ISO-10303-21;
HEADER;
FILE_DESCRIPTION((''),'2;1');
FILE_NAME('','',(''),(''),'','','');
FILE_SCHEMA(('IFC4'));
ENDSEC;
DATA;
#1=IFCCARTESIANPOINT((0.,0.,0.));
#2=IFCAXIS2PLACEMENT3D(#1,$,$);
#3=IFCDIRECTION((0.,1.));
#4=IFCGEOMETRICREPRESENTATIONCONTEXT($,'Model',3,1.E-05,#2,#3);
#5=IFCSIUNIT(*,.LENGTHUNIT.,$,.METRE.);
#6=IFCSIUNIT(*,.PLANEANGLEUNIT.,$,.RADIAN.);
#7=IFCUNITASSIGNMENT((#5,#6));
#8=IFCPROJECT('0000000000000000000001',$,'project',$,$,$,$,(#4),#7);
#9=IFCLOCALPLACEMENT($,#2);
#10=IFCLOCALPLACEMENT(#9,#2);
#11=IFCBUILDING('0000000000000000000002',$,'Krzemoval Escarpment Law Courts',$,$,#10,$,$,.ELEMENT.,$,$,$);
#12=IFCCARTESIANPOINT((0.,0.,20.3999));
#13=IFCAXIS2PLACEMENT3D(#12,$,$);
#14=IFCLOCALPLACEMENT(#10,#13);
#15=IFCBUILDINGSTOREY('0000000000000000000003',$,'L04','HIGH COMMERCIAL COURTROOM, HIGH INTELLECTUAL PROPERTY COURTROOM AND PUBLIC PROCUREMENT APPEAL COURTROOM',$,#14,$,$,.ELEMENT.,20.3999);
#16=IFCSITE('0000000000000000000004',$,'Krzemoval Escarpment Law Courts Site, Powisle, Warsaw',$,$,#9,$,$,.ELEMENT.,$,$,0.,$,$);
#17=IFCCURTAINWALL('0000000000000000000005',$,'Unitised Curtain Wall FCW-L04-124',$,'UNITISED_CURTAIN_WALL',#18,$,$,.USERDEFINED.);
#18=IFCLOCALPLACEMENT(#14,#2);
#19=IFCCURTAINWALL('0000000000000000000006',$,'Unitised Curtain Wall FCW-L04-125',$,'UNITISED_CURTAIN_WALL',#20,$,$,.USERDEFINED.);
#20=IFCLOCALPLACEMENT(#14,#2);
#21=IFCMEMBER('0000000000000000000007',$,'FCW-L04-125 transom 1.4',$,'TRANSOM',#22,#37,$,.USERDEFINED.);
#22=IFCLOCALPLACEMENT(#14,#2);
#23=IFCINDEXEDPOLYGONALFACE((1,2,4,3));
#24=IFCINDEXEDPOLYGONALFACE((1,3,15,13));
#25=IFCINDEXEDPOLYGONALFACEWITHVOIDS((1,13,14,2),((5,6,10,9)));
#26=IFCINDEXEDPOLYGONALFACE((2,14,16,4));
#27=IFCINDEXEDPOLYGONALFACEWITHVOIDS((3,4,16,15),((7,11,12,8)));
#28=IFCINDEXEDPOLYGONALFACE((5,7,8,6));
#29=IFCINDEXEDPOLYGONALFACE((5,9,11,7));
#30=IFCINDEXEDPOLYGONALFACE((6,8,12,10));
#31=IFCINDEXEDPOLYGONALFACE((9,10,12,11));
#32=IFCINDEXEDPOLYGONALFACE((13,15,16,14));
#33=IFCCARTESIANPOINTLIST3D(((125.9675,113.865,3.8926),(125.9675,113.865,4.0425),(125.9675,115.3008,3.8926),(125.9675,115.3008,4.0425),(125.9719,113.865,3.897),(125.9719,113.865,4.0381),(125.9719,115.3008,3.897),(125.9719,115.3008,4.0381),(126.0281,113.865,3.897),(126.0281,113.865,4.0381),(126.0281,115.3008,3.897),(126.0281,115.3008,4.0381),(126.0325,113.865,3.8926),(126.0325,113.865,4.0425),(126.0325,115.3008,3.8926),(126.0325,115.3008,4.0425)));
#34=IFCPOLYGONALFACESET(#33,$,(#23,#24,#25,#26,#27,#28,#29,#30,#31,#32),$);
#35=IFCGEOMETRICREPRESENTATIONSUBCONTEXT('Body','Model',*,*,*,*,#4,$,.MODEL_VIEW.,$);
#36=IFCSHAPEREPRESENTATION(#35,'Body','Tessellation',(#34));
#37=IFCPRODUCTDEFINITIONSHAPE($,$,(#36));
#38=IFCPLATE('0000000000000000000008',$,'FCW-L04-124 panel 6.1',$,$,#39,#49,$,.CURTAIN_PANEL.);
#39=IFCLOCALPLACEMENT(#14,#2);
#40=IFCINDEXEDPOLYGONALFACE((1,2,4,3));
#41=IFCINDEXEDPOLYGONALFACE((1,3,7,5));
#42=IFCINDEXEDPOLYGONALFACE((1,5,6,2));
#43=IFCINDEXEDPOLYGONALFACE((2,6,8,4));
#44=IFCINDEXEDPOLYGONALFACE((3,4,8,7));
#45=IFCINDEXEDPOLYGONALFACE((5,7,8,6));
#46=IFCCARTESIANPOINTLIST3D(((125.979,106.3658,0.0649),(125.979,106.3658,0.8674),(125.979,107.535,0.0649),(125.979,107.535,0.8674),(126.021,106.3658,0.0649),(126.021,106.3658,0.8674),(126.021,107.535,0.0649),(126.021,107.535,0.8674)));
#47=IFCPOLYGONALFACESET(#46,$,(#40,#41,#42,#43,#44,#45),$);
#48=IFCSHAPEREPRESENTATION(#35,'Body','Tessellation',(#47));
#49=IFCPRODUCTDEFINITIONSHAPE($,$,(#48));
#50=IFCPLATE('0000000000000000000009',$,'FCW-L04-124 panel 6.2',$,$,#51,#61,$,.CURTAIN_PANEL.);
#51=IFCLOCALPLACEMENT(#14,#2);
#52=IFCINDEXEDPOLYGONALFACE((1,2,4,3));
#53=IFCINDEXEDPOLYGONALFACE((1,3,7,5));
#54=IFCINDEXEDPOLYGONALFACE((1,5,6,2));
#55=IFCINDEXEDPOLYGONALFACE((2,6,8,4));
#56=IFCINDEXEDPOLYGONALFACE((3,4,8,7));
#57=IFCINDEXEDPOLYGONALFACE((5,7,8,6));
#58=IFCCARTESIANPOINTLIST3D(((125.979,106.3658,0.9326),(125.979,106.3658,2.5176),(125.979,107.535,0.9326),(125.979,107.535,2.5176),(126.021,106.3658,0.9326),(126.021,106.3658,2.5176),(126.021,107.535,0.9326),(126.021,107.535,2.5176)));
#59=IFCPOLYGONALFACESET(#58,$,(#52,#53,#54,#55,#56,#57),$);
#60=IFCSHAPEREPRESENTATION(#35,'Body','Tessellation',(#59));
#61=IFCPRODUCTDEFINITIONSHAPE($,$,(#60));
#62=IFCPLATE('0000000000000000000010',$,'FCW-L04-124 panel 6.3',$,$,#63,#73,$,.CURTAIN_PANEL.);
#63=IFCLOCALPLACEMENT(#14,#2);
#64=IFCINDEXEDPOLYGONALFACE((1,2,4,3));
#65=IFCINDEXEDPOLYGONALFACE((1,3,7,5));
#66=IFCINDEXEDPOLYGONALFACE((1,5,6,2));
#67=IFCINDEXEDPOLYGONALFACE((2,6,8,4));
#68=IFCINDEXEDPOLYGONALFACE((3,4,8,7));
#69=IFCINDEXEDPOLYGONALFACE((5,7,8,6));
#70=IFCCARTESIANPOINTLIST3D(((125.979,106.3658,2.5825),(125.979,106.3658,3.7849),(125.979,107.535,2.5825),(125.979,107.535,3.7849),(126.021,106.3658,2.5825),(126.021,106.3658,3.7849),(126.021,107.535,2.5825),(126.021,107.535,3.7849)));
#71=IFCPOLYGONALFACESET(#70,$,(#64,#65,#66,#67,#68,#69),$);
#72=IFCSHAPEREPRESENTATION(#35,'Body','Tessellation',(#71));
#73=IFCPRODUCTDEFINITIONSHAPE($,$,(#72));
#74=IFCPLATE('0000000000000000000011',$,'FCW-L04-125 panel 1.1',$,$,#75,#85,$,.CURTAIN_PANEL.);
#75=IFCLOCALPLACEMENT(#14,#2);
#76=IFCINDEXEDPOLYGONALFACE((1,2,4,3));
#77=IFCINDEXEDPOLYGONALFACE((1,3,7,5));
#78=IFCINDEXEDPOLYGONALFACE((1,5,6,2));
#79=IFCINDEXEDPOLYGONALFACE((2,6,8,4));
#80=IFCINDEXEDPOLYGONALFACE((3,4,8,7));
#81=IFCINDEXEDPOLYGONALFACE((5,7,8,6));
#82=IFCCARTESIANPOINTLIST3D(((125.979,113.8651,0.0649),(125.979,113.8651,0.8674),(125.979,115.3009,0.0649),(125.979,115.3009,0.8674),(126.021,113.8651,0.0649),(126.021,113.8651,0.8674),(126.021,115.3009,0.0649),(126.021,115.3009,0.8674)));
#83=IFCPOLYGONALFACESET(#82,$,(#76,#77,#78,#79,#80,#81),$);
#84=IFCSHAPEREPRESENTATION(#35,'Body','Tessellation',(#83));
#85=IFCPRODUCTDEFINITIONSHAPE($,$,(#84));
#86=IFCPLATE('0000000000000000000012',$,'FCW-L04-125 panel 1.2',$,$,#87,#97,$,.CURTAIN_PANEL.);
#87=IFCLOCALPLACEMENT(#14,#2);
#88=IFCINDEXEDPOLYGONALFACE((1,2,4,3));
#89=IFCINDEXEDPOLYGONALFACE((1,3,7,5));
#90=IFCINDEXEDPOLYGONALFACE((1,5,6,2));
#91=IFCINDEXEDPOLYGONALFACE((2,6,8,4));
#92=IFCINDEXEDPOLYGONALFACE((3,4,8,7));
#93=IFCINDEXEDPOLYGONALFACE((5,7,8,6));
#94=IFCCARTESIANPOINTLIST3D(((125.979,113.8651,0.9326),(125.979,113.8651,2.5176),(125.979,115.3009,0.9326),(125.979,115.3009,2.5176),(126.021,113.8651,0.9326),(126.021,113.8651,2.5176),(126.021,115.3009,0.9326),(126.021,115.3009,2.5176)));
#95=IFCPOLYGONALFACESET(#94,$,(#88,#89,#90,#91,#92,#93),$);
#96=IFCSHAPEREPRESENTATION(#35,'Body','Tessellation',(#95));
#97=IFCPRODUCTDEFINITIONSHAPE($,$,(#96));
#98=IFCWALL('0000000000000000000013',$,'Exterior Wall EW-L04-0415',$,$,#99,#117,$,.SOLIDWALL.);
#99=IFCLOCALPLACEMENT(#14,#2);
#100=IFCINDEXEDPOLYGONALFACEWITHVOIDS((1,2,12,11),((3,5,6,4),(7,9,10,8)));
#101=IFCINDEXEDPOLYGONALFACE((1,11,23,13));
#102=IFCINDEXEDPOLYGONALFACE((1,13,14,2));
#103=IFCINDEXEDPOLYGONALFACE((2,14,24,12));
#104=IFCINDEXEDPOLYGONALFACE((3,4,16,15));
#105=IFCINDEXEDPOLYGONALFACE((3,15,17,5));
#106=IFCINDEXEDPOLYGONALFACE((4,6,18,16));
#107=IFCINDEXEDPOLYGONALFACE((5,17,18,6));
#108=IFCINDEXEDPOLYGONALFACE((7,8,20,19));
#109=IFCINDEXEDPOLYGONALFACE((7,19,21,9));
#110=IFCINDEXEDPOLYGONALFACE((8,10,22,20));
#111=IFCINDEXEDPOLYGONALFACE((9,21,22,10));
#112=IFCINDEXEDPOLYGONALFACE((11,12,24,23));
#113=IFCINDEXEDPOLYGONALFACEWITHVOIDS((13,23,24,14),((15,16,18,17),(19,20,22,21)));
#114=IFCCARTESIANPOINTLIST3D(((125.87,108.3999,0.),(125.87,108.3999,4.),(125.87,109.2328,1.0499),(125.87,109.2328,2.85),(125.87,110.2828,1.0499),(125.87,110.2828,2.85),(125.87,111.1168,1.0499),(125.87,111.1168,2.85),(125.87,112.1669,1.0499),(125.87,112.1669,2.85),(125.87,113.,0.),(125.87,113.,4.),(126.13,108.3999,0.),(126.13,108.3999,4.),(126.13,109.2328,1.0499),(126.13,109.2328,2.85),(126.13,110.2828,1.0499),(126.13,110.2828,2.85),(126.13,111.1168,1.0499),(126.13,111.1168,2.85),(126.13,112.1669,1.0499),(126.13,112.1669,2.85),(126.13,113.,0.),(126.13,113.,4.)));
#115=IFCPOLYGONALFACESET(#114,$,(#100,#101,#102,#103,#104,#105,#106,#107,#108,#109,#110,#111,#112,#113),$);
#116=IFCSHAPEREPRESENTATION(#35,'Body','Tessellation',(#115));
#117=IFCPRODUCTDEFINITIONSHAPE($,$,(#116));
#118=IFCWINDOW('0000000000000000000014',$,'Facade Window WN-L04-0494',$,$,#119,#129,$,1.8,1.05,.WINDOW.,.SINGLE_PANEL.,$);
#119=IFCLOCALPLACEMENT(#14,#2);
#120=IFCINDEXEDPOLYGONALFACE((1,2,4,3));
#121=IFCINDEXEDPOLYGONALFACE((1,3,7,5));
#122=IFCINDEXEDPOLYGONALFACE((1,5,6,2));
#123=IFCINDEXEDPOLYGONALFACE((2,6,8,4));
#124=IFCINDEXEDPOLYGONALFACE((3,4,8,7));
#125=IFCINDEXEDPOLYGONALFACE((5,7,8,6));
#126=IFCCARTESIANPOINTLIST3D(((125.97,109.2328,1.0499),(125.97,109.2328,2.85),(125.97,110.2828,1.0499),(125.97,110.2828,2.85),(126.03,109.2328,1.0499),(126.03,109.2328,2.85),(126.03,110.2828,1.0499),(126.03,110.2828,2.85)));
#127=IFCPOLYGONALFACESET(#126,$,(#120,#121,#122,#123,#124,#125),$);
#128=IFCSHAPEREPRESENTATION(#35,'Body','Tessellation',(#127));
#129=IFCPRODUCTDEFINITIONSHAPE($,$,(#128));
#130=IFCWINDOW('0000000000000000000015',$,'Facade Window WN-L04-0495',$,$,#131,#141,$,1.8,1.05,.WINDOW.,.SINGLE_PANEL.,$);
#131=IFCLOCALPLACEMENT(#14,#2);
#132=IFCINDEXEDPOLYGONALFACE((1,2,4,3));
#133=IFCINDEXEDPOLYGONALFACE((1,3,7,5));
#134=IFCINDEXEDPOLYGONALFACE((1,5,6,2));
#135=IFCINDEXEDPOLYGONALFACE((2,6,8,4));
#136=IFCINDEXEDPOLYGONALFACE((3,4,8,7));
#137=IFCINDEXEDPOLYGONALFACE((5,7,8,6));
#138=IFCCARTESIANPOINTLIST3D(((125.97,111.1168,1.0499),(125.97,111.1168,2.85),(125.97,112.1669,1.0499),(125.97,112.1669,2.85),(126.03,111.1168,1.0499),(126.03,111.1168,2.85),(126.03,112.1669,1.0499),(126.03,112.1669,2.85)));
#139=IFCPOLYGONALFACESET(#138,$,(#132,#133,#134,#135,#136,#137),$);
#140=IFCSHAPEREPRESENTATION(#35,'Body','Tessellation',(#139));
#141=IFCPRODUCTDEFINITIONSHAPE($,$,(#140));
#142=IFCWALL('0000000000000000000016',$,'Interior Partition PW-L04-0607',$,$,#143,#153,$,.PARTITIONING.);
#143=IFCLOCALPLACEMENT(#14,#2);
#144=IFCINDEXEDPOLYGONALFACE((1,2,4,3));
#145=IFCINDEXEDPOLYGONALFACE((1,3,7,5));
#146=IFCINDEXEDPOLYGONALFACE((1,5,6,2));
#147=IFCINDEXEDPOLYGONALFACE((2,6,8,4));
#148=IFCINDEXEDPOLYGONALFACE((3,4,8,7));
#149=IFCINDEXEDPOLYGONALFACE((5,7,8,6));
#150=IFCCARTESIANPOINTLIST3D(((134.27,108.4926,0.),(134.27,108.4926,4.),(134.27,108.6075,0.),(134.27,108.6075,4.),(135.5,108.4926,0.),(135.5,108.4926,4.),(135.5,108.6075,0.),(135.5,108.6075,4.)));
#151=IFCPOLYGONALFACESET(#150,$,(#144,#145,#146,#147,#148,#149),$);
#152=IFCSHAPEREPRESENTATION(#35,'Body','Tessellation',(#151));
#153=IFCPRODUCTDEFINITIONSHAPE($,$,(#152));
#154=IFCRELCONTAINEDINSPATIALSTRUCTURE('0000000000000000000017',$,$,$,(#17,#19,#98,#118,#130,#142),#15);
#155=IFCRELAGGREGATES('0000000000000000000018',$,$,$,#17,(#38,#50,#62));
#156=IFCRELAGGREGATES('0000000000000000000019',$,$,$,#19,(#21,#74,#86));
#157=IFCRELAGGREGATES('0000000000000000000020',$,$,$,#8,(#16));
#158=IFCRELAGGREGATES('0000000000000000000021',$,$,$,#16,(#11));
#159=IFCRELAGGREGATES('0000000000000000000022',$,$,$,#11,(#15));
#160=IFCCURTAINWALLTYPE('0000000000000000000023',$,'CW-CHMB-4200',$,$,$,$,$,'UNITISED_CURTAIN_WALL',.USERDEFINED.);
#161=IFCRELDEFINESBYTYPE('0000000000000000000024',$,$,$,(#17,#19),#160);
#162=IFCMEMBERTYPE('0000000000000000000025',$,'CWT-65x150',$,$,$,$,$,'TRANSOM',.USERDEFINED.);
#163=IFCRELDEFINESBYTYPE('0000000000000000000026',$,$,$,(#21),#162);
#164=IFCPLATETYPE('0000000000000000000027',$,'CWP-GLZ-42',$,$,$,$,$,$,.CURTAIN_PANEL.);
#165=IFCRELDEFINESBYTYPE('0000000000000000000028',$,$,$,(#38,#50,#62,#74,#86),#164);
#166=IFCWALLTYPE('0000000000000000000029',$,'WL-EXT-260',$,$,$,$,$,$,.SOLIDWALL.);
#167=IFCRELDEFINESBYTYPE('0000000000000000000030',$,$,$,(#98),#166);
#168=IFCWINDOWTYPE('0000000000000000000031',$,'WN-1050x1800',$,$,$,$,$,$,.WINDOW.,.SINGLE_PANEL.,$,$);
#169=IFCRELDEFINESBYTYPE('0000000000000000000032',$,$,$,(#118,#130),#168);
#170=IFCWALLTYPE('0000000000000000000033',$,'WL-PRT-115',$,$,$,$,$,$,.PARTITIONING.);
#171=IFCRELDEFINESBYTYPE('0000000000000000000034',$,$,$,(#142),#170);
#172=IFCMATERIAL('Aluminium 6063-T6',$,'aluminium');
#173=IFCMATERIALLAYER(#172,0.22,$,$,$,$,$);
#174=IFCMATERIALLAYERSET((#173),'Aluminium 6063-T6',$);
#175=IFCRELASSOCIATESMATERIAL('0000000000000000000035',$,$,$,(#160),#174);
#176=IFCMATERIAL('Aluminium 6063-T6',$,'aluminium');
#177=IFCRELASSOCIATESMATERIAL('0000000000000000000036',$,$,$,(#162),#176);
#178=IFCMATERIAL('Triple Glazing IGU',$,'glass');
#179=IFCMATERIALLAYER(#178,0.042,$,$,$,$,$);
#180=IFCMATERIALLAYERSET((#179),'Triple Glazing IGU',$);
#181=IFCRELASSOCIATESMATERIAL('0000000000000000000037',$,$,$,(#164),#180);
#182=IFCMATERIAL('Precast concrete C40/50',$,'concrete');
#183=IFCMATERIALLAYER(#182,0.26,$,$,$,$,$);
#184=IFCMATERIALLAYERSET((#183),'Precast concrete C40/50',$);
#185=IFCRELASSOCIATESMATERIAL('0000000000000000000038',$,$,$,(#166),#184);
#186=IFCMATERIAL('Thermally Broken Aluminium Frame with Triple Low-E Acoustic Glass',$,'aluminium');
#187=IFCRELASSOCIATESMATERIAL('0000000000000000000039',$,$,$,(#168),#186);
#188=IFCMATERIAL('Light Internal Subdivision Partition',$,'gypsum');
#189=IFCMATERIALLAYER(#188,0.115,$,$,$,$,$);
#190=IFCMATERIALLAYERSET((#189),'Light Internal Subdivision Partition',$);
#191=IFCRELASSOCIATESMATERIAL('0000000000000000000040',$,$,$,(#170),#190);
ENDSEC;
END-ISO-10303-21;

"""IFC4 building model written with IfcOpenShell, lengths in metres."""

from ifc_helpers import new_model, si_unit, direction, frame, frame_2d, origin, origin_2d, place, context, subcontext, project, spatial, rectangle, hollow_rectangle, extrude, material, layer, layer_set, material_profile, profile_set, type_object, element, fill, aggregate, save


model = new_model("IFC4")

# Units and contexts
model_context = context("Model", 3, precision=1e-05, world=origin(), true_north=direction((0.0, 1.0)))
body_context = subcontext(model_context, "Body", "Model", "MODEL_VIEW")
ifc_project = project(units=[si_unit("LENGTHUNIT", "METRE"), si_unit("PLANEANGLEUNIT", "RADIAN")], contexts=[model_context])

# Site, building, storey
site_placement = place(None, origin())
site = spatial("IfcSite", under=ifc_project, at=site_placement, Name="Krzemoval Escarpment Law Courts Site, Powisle, Warsaw", CompositionType="ELEMENT", RefElevation=0.0)
building_placement = place(site_placement, origin())
building = spatial("IfcBuilding", under=site, at=building_placement, Name="Krzemoval Escarpment Law Courts", CompositionType="ELEMENT")
storey_placement = place(building_placement, frame((0.0, 0.0, 20.3999)))
storey = spatial("IfcBuildingStorey", under=building, at=storey_placement, Name="L04", Description="HIGH COMMERCIAL COURTROOM, HIGH INTELLECTUAL PROPERTY COURTROOM AND PUBLIC PROCUREMENT APPEAL COURTROOM", CompositionType="ELEMENT", Elevation=20.3999)

# Curtain walls
ifc_material_1 = material(Name="Aluminium 6063-T6", Category="aluminium")
ifc_layer_1 = layer(ifc_material_1, 0.22)
ifc_layer_set_1 = layer_set([ifc_layer_1], Name="Aluminium 6063-T6")
curtain_wall_type = type_object("IfcCurtainWallType", Name="CW-CHMB-4200", ElementType="UNITISED_CURTAIN_WALL", PredefinedType="USERDEFINED", material=ifc_layer_set_1)
curtain_wall_1_placement = place(storey_placement, origin())
curtain_wall_1 = element("IfcCurtainWall", 1, at=curtain_wall_1_placement, inside=storey, type_object=curtain_wall_type, Name="Unitised Curtain Wall FCW-L04-124", ObjectType="UNITISED_CURTAIN_WALL", PredefinedType="USERDEFINED")
curtain_wall_2_placement = place(storey_placement, origin())
curtain_wall_2 = element("IfcCurtainWall", 2, at=curtain_wall_2_placement, inside=storey, type_object=curtain_wall_type, Name="Unitised Curtain Wall FCW-L04-125", ObjectType="UNITISED_CURTAIN_WALL", PredefinedType="USERDEFINED")

# Member
ifc_material_2 = material(Name="Aluminium 6063-T6", Category="aluminium")
ifc_material_profile_1 = material_profile(ifc_material_2, hollow_rectangle(XDim=0.0649, YDim=0.1499, WallThickness=0.0044, at=origin_2d()), Name="ALU T65x150")
ifc_profile_set_1 = profile_set([ifc_material_profile_1], Name="Aluminium 6063-T6")
member_type_1 = type_object("IfcMemberType", Name="CWT-65x150", ElementType="TRANSOM", PredefinedType="USERDEFINED", material=ifc_profile_set_1)
member_1_placement = place(storey_placement, frame((126.0, 113.865, 3.9675), z_axis=(0.0, 1.0, 0.0), x_axis=(-1.0, 0.0, 0.0)))
member_1 = element("IfcMember", 3, at=member_1_placement, type_object=member_type_1, Name="FCW-L04-125 transom 1.4", ObjectType="TRANSOM", PredefinedType="USERDEFINED", context=body_context, shape_type="SweptSolid", body=[
    extrude(hollow_rectangle(XDim=0.0649, YDim=0.1499, WallThickness=0.0044, at=origin_2d()), origin(), (0.0, 0.0, 1.0), 1.4358),
])

# Plates
ifc_material_3 = material(Name="Triple Glazing IGU", Category="glass")
ifc_layer_2 = layer(ifc_material_3, 0.042)
ifc_layer_set_2 = layer_set([ifc_layer_2], Name="Triple Glazing IGU")
plate_type = type_object("IfcPlateType", Name="CWP-GLZ-42", PredefinedType="CURTAIN_PANEL", material=ifc_layer_set_2)
plate_1_placement = place(storey_placement, frame((126.0, 106.9504, 0.0649), z_axis=(0.0, 0.0, 1.0), x_axis=(0.0, 1.0, 0.0)))
plate_1 = element("IfcPlate", 4, at=plate_1_placement, type_object=plate_type, Name="FCW-L04-124 panel 6.1", PredefinedType="CURTAIN_PANEL", context=body_context, shape_type="SweptSolid", body=[
    extrude(rectangle(XDim=1.1692, YDim=0.042, at=origin_2d()), origin(), (0.0, 0.0, 1.0), 0.8025),
])
plate_2_placement = place(storey_placement, frame((126.0, 106.9504, 0.9326), z_axis=(0.0, 0.0, 1.0), x_axis=(0.0, 1.0, 0.0)))
plate_2 = element("IfcPlate", 5, at=plate_2_placement, type_object=plate_type, Name="FCW-L04-124 panel 6.2", PredefinedType="CURTAIN_PANEL", context=body_context, shape_type="SweptSolid", body=[
    extrude(rectangle(XDim=1.1692, YDim=0.042, at=origin_2d()), origin(), (0.0, 0.0, 1.0), 1.585),
])
plate_3_placement = place(storey_placement, frame((126.0, 106.9504, 2.5825), z_axis=(0.0, 0.0, 1.0), x_axis=(0.0, 1.0, 0.0)))
plate_3 = element("IfcPlate", 6, at=plate_3_placement, type_object=plate_type, Name="FCW-L04-124 panel 6.3", PredefinedType="CURTAIN_PANEL", context=body_context, shape_type="SweptSolid", body=[
    extrude(rectangle(XDim=1.1692, YDim=0.042, at=origin_2d()), origin(), (0.0, 0.0, 1.0), 1.2024),
])
aggregate(curtain_wall_1, [plate_1, plate_2, plate_3])
plate_4_placement = place(storey_placement, frame((126.0, 114.583, 0.0649), z_axis=(0.0, 0.0, 1.0), x_axis=(0.0, 1.0, 0.0)))
plate_4 = element("IfcPlate", 7, at=plate_4_placement, type_object=plate_type, Name="FCW-L04-125 panel 1.1", PredefinedType="CURTAIN_PANEL", context=body_context, shape_type="SweptSolid", body=[
    extrude(rectangle(XDim=1.4358, YDim=0.042, at=origin_2d()), origin(), (0.0, 0.0, 1.0), 0.8025),
])
plate_5_placement = place(storey_placement, frame((126.0, 114.583, 0.9326), z_axis=(0.0, 0.0, 1.0), x_axis=(0.0, 1.0, 0.0)))
plate_5 = element("IfcPlate", 8, at=plate_5_placement, type_object=plate_type, Name="FCW-L04-125 panel 1.2", PredefinedType="CURTAIN_PANEL", context=body_context, shape_type="SweptSolid", body=[
    extrude(rectangle(XDim=1.4358, YDim=0.042, at=origin_2d()), origin(), (0.0, 0.0, 1.0), 1.585),
])
aggregate(curtain_wall_2, [member_1, plate_4, plate_5])

# Wall, openings, windows
ifc_material_4 = material(Name="Precast concrete C40/50", Category="concrete")
ifc_layer_3 = layer(ifc_material_4, 0.26)
ifc_layer_set_3 = layer_set([ifc_layer_3], Name="Precast concrete C40/50")
wall_type_1 = type_object("IfcWallType", Name="WL-EXT-260", PredefinedType="SOLIDWALL", material=ifc_layer_set_3)
wall_1_placement = place(storey_placement, frame((126.0, 108.3999, 0.0), z_axis=(0.0, 0.0, 1.0), x_axis=(0.0, 1.0, 0.0)))
wall_1 = element("IfcWall", 9, at=wall_1_placement, inside=storey, type_object=wall_type_1, Name="Exterior Wall EW-L04-0415", PredefinedType="SOLIDWALL", context=body_context, shape_type="SweptSolid", body=[
    extrude(rectangle(XDim=4.6001, YDim=0.26, at=frame_2d((2.3, 0.0))), origin(), (0.0, 0.0, 1.0), 4.0),
])
opening_1_placement = place(wall_1_placement, frame((0.833, 0.0, 1.05)))
opening_1 = element("IfcOpeningElement", 10, at=opening_1_placement, cuts=wall_1, PredefinedType="OPENING", context=body_context, shape_type="SweptSolid", body=[
    extrude(rectangle(XDim=1.05, YDim=1.8, at=frame_2d((0.5249, 0.8999))), frame((0.0, 0.145, 0.0), z_axis=(0.0, -1.0, 0.0), x_axis=(1.0, 0.0, 0.0)), (0.0, 0.0, 1.0), 0.29),
])
opening_2_placement = place(wall_1_placement, frame((2.717, 0.0, 1.05)))
opening_2 = element("IfcOpeningElement", 11, at=opening_2_placement, cuts=wall_1, PredefinedType="OPENING", context=body_context, shape_type="SweptSolid", body=[
    extrude(rectangle(XDim=1.05, YDim=1.8, at=frame_2d((0.5249, 0.8999))), frame((0.0, 0.145, 0.0), z_axis=(0.0, -1.0, 0.0), x_axis=(1.0, 0.0, 0.0)), (0.0, 0.0, 1.0), 0.29),
])
ifc_material_5 = material(Name="Thermally Broken Aluminium Frame with Triple Low-E Acoustic Glass", Category="aluminium")
window_type = type_object("IfcWindowType", Name="WN-1050x1800", PartitioningType="SINGLE_PANEL", PredefinedType="WINDOW", material=ifc_material_5)
window_1_placement = place(opening_1_placement, origin())
window_1 = element("IfcWindow", 12, at=window_1_placement, inside=storey, type_object=window_type, Name="Facade Window WN-L04-0494", OverallHeight=1.8, OverallWidth=1.05, PartitioningType="SINGLE_PANEL", PredefinedType="WINDOW", context=body_context, shape_type="SweptSolid", body=[
    extrude(rectangle(XDim=1.05, YDim=1.8, at=frame_2d((0.5249, 0.8999))), frame((0.0, 0.03, 0.0), z_axis=(0.0, -1.0, 0.0), x_axis=(1.0, 0.0, 0.0)), (0.0, 0.0, 1.0), 0.0601),
])
fill(opening_1, window_1)
window_2_placement = place(opening_2_placement, origin())
window_2 = element("IfcWindow", 13, at=window_2_placement, inside=storey, type_object=window_type, Name="Facade Window WN-L04-0495", OverallHeight=1.8, OverallWidth=1.05, PartitioningType="SINGLE_PANEL", PredefinedType="WINDOW", context=body_context, shape_type="SweptSolid", body=[
    extrude(rectangle(XDim=1.05, YDim=1.8, at=frame_2d((0.5249, 0.8999))), frame((0.0, 0.03, 0.0), z_axis=(0.0, -1.0, 0.0), x_axis=(1.0, 0.0, 0.0)), (0.0, 0.0, 1.0), 0.0601),
])
fill(opening_2, window_2)

# Wall
ifc_material_6 = material(Name="Light Internal Subdivision Partition", Category="gypsum")
ifc_layer_4 = layer(ifc_material_6, 0.115)
ifc_layer_set_4 = layer_set([ifc_layer_4], Name="Light Internal Subdivision Partition")
wall_type_2 = type_object("IfcWallType", Name="WL-PRT-115", PredefinedType="PARTITIONING", material=ifc_layer_set_4)
wall_2_placement = place(storey_placement, frame((134.27, 108.55, 0.0), z_axis=(0.0, 0.0, 1.0), x_axis=(1.0, 0.0, 0.0)))
element("IfcWall", 14, at=wall_2_placement, inside=storey, type_object=wall_type_2, Name="Interior Partition PW-L04-0607", PredefinedType="PARTITIONING", context=body_context, shape_type="SweptSolid", body=[
    extrude(rectangle(XDim=1.23, YDim=0.115, at=frame_2d((0.615, 0.0))), origin(), (0.0, 0.0, 1.0), 4.0),
])

save(model, "model.ifc")
